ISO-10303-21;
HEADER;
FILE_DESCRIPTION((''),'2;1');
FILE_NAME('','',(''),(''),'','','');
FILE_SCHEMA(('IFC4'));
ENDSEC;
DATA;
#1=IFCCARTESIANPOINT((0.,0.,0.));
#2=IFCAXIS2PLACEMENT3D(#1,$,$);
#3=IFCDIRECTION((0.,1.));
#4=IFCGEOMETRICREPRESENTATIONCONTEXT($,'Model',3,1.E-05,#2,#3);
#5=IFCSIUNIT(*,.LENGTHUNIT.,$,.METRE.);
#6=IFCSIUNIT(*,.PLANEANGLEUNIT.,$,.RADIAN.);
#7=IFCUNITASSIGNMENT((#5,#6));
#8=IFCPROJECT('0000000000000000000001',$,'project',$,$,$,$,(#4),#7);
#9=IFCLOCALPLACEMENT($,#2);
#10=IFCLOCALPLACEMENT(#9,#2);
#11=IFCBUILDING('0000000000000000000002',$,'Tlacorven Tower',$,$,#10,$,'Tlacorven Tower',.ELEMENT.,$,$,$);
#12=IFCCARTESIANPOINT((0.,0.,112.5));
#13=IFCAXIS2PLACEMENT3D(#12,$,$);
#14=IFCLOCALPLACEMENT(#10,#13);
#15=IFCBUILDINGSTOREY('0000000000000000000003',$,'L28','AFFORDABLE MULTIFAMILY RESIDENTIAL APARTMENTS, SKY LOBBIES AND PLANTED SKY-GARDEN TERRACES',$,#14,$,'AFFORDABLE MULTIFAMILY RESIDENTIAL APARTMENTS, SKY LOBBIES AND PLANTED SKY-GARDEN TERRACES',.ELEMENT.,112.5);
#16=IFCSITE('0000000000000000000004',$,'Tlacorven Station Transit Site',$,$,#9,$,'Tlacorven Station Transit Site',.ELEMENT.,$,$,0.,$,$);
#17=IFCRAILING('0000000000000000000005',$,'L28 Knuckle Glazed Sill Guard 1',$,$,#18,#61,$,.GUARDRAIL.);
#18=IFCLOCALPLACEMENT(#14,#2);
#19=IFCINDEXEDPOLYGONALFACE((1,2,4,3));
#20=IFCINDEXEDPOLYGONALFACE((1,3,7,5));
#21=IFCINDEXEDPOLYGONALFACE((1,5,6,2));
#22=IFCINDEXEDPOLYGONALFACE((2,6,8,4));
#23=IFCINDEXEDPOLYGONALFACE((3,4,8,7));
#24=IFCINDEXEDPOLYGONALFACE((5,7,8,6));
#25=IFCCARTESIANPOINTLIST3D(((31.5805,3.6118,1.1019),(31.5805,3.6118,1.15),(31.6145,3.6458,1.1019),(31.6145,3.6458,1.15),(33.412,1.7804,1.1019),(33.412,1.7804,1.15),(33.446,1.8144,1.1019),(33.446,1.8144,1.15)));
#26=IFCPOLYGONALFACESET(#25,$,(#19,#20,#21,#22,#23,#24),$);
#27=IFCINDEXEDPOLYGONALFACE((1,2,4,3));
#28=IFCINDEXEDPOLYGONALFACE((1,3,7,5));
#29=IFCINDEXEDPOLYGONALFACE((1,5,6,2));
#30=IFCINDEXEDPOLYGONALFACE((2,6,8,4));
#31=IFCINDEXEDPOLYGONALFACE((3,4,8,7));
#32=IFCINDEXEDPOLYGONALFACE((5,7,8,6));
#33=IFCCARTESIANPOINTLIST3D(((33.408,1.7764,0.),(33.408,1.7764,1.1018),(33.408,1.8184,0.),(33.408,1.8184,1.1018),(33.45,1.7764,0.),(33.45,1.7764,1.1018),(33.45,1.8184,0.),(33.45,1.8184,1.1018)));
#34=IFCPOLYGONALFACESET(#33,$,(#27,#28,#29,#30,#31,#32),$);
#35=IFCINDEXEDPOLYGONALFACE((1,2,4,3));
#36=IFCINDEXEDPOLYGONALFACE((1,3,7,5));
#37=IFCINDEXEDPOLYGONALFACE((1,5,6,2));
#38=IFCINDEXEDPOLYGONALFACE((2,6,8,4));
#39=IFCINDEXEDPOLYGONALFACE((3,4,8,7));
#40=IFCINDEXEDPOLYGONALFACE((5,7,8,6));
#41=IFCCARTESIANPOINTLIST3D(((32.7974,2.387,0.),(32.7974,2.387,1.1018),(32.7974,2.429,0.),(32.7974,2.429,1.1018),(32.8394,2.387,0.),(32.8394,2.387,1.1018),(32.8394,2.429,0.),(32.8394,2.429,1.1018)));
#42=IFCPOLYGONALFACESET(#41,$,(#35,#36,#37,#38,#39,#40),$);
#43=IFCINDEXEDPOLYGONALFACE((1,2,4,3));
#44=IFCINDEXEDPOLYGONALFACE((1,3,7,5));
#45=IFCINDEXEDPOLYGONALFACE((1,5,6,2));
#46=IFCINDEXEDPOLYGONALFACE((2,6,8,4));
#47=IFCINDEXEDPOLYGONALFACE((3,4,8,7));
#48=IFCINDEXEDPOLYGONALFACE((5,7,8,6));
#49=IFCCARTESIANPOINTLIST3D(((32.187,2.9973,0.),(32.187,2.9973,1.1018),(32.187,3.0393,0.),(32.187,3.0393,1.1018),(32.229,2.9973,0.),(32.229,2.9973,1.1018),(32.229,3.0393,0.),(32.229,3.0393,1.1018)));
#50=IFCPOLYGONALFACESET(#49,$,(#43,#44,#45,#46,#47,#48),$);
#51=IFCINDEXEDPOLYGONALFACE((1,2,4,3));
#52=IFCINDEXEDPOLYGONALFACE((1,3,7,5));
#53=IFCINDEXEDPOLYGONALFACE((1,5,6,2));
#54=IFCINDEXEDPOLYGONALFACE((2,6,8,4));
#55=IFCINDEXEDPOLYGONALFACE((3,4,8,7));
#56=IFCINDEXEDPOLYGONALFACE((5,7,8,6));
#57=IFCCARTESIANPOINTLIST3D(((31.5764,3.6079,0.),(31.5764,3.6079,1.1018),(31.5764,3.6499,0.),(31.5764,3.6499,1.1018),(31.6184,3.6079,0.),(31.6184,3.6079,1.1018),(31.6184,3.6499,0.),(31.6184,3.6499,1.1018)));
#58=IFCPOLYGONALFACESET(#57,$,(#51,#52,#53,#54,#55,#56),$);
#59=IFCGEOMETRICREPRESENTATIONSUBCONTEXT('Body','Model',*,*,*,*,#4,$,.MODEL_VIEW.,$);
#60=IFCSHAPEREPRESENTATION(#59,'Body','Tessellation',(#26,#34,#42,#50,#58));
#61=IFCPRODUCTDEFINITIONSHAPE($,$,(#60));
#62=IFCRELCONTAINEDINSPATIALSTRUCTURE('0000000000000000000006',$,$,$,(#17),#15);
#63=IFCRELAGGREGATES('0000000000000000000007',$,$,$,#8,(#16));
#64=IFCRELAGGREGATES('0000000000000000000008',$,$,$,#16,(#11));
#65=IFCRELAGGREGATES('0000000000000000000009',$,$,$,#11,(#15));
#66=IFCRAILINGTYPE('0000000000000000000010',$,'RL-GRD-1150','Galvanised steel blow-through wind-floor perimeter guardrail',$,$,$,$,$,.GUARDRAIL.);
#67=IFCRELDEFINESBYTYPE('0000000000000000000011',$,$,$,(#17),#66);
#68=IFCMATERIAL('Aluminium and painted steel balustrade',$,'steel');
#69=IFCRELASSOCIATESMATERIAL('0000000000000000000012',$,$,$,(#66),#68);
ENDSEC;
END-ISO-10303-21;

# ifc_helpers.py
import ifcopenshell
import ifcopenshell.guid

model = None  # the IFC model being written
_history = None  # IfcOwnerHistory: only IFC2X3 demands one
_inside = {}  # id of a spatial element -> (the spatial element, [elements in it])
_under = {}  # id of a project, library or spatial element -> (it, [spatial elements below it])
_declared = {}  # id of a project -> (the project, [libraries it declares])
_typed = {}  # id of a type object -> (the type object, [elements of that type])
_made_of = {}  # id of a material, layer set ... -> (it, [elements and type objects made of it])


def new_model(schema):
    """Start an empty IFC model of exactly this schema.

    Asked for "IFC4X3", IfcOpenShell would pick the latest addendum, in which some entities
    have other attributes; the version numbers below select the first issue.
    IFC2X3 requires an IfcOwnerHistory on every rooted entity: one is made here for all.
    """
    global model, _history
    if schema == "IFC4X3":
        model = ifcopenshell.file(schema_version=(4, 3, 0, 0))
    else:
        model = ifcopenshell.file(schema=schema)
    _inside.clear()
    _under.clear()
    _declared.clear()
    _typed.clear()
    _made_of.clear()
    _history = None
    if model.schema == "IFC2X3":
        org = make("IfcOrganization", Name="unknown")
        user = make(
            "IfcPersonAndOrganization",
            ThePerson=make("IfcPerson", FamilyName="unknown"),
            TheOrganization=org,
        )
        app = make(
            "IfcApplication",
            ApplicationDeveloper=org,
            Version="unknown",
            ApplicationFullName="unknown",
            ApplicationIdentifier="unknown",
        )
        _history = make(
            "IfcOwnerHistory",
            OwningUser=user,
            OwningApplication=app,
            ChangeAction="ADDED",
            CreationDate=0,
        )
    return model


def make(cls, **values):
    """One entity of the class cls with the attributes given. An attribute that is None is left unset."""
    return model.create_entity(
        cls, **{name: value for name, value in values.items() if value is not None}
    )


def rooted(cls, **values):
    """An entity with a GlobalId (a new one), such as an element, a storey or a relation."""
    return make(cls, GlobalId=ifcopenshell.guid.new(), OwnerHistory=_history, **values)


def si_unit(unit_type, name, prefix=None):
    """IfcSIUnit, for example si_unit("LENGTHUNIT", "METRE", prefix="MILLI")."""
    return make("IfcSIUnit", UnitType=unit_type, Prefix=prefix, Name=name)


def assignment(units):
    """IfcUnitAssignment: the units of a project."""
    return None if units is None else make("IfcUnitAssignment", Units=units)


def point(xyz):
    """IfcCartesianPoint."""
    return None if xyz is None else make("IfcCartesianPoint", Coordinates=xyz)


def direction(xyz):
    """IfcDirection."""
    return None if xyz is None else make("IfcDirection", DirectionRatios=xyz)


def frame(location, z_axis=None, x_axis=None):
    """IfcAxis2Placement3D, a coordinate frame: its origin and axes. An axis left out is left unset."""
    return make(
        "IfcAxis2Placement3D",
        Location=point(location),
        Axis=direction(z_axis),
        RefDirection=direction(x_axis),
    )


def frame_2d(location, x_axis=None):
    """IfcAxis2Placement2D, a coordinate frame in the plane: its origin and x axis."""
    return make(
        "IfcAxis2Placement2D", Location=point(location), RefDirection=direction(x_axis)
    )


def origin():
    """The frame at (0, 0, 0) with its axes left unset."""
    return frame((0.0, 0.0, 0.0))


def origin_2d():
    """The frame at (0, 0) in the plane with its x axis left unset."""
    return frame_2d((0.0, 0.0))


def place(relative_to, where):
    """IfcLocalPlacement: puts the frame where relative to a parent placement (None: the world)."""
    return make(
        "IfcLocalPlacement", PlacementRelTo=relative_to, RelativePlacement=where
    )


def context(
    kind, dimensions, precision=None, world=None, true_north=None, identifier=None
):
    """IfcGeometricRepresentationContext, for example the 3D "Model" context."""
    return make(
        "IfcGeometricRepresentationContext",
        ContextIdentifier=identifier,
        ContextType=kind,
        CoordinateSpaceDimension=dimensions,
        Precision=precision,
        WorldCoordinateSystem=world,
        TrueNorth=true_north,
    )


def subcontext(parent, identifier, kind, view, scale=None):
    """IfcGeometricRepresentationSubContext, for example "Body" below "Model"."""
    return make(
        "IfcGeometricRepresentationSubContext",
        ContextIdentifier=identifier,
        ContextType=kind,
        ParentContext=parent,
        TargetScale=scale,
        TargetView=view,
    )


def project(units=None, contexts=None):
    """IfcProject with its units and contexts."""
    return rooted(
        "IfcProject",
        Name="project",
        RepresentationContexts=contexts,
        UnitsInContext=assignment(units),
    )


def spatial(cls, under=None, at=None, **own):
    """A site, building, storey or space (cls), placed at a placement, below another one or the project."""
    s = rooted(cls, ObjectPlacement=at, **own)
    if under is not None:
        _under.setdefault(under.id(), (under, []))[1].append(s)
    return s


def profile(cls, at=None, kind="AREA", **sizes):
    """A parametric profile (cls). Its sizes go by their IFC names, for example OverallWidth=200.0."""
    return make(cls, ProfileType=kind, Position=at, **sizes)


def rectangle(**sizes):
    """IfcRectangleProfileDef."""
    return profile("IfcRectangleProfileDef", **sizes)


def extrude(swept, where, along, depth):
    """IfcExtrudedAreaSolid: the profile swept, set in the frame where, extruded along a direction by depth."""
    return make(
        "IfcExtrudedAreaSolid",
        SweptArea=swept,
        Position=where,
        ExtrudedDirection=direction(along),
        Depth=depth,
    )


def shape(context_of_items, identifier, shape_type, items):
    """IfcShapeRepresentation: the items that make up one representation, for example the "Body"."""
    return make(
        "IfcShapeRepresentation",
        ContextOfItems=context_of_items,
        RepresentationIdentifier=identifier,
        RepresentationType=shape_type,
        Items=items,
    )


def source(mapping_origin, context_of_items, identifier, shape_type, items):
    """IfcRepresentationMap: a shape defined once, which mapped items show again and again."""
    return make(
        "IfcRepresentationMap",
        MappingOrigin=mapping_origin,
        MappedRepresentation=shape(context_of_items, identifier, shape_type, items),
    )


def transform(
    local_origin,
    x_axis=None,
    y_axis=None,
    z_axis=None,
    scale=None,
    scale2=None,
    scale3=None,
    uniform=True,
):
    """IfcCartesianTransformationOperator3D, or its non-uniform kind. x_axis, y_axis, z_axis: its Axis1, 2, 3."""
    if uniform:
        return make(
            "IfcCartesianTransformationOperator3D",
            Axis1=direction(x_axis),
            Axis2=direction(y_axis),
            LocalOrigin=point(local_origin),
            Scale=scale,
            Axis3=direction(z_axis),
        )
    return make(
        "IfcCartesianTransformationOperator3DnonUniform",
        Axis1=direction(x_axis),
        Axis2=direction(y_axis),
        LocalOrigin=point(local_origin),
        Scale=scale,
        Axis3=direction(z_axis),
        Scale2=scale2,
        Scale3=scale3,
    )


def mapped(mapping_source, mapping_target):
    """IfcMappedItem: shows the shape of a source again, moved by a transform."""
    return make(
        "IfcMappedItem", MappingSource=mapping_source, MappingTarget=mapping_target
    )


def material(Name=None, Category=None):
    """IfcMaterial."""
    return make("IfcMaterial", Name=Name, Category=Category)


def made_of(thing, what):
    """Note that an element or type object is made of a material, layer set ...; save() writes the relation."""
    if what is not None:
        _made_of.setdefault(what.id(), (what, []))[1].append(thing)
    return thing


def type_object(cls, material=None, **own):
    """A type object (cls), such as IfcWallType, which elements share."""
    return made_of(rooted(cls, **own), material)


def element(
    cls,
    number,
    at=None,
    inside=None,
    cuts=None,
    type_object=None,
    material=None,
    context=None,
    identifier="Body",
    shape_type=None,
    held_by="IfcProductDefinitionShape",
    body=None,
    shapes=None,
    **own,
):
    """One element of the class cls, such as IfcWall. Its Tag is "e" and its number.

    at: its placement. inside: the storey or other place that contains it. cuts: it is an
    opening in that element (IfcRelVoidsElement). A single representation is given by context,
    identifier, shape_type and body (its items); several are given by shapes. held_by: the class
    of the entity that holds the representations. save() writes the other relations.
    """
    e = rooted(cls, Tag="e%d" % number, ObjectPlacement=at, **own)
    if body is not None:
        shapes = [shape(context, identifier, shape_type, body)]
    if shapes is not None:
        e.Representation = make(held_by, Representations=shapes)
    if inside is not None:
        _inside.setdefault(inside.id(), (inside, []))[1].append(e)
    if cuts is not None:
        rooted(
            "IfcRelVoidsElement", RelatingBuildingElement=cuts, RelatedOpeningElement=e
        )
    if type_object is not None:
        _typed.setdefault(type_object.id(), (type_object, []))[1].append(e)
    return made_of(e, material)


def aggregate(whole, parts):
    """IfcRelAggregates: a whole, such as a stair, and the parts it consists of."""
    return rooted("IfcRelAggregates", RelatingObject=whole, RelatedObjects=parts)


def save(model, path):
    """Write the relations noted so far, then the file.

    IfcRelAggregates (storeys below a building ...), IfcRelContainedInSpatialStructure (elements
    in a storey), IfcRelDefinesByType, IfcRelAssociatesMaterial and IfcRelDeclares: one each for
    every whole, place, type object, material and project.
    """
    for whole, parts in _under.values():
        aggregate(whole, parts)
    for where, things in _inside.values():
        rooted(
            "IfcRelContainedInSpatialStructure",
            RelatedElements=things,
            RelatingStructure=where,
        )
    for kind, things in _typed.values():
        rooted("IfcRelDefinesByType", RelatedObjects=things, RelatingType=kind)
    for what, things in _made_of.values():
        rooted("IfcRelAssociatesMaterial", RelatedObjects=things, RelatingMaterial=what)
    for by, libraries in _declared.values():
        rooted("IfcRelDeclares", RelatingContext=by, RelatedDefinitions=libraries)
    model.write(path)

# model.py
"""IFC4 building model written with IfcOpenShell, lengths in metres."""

from ifc_helpers import new_model, si_unit, direction, frame, origin, origin_2d, place, context, subcontext, project, spatial, rectangle, extrude, source, transform, mapped, material, type_object, element, save


model = new_model("IFC4")

# Units and contexts
model_context = context("Model", 3, precision=1e-05, world=origin(), true_north=direction((0.0, 1.0)))
body_context = subcontext(model_context, "Body", "Model", "MODEL_VIEW")
ifc_project = project(units=[si_unit("LENGTHUNIT", "METRE"), si_unit("PLANEANGLEUNIT", "RADIAN")], contexts=[model_context])

# Site, building, storey
site_placement = place(None, origin())
site = spatial("IfcSite", under=ifc_project, at=site_placement, Name="Tlacorven Station Transit Site", LongName="Tlacorven Station Transit Site", CompositionType="ELEMENT", RefElevation=0.0)
building_placement = place(site_placement, origin())
building = spatial("IfcBuilding", under=site, at=building_placement, Name="Tlacorven Tower", LongName="Tlacorven Tower", CompositionType="ELEMENT")
storey_placement = place(building_placement, frame((0.0, 0.0, 112.5)))
storey = spatial("IfcBuildingStorey", under=building, at=storey_placement, Name="L28", Description="AFFORDABLE MULTIFAMILY RESIDENTIAL APARTMENTS, SKY LOBBIES AND PLANTED SKY-GARDEN TERRACES", LongName="AFFORDABLE MULTIFAMILY RESIDENTIAL APARTMENTS, SKY LOBBIES AND PLANTED SKY-GARDEN TERRACES", CompositionType="ELEMENT", Elevation=112.5)

# Railing
ifc_material_1 = material(Name="Aluminium and painted steel balustrade", Category="steel")
railing_type = type_object("IfcRailingType", Name="RL-GRD-1150", Description="Galvanised steel blow-through wind-floor perimeter guardrail", PredefinedType="GUARDRAIL", material=ifc_material_1)
shared_shape_1 = source(origin(), body_context, "Body", "SweptSolid", [
    extrude(rectangle(XDim=0.0481, YDim=0.0481, at=origin_2d()), frame((0.0, 0.0, 1.126), z_axis=(-0.707107, 0.707107, 0.0), x_axis=(-0.707107, -0.707107, 0.0)), (0.0, 0.0, 1.0), 2.5901),
    extrude(rectangle(XDim=0.042, YDim=0.042, at=origin_2d()), origin(), (0.0, 0.0, 1.0), 1.1018),
    extrude(rectangle(XDim=0.042, YDim=0.042, at=origin_2d()), frame((-0.6106, 0.6106, 0.0)), (0.0, 0.0, 1.0), 1.1018),
    extrude(rectangle(XDim=0.042, YDim=0.042, at=origin_2d()), frame((-1.2209, 1.2209, 0.0)), (0.0, 0.0, 1.0), 1.1018),
    extrude(rectangle(XDim=0.042, YDim=0.042, at=origin_2d()), frame((-1.8315, 1.8315, 0.0)), (0.0, 0.0, 1.0), 1.1018),
])
railing_placement = place(storey_placement, frame((33.429, 1.7974, 0.0)))
element("IfcRailing", 1, at=railing_placement, inside=storey, type_object=railing_type, Name="L28 Knuckle Glazed Sill Guard 1", PredefinedType="GUARDRAIL", context=body_context, shape_type="MappedRepresentation", body=[
    mapped(shared_shape_1, transform((0.0, 0.0, 0.0), scale=1.0)),
])

save(model, "model.ifc")
